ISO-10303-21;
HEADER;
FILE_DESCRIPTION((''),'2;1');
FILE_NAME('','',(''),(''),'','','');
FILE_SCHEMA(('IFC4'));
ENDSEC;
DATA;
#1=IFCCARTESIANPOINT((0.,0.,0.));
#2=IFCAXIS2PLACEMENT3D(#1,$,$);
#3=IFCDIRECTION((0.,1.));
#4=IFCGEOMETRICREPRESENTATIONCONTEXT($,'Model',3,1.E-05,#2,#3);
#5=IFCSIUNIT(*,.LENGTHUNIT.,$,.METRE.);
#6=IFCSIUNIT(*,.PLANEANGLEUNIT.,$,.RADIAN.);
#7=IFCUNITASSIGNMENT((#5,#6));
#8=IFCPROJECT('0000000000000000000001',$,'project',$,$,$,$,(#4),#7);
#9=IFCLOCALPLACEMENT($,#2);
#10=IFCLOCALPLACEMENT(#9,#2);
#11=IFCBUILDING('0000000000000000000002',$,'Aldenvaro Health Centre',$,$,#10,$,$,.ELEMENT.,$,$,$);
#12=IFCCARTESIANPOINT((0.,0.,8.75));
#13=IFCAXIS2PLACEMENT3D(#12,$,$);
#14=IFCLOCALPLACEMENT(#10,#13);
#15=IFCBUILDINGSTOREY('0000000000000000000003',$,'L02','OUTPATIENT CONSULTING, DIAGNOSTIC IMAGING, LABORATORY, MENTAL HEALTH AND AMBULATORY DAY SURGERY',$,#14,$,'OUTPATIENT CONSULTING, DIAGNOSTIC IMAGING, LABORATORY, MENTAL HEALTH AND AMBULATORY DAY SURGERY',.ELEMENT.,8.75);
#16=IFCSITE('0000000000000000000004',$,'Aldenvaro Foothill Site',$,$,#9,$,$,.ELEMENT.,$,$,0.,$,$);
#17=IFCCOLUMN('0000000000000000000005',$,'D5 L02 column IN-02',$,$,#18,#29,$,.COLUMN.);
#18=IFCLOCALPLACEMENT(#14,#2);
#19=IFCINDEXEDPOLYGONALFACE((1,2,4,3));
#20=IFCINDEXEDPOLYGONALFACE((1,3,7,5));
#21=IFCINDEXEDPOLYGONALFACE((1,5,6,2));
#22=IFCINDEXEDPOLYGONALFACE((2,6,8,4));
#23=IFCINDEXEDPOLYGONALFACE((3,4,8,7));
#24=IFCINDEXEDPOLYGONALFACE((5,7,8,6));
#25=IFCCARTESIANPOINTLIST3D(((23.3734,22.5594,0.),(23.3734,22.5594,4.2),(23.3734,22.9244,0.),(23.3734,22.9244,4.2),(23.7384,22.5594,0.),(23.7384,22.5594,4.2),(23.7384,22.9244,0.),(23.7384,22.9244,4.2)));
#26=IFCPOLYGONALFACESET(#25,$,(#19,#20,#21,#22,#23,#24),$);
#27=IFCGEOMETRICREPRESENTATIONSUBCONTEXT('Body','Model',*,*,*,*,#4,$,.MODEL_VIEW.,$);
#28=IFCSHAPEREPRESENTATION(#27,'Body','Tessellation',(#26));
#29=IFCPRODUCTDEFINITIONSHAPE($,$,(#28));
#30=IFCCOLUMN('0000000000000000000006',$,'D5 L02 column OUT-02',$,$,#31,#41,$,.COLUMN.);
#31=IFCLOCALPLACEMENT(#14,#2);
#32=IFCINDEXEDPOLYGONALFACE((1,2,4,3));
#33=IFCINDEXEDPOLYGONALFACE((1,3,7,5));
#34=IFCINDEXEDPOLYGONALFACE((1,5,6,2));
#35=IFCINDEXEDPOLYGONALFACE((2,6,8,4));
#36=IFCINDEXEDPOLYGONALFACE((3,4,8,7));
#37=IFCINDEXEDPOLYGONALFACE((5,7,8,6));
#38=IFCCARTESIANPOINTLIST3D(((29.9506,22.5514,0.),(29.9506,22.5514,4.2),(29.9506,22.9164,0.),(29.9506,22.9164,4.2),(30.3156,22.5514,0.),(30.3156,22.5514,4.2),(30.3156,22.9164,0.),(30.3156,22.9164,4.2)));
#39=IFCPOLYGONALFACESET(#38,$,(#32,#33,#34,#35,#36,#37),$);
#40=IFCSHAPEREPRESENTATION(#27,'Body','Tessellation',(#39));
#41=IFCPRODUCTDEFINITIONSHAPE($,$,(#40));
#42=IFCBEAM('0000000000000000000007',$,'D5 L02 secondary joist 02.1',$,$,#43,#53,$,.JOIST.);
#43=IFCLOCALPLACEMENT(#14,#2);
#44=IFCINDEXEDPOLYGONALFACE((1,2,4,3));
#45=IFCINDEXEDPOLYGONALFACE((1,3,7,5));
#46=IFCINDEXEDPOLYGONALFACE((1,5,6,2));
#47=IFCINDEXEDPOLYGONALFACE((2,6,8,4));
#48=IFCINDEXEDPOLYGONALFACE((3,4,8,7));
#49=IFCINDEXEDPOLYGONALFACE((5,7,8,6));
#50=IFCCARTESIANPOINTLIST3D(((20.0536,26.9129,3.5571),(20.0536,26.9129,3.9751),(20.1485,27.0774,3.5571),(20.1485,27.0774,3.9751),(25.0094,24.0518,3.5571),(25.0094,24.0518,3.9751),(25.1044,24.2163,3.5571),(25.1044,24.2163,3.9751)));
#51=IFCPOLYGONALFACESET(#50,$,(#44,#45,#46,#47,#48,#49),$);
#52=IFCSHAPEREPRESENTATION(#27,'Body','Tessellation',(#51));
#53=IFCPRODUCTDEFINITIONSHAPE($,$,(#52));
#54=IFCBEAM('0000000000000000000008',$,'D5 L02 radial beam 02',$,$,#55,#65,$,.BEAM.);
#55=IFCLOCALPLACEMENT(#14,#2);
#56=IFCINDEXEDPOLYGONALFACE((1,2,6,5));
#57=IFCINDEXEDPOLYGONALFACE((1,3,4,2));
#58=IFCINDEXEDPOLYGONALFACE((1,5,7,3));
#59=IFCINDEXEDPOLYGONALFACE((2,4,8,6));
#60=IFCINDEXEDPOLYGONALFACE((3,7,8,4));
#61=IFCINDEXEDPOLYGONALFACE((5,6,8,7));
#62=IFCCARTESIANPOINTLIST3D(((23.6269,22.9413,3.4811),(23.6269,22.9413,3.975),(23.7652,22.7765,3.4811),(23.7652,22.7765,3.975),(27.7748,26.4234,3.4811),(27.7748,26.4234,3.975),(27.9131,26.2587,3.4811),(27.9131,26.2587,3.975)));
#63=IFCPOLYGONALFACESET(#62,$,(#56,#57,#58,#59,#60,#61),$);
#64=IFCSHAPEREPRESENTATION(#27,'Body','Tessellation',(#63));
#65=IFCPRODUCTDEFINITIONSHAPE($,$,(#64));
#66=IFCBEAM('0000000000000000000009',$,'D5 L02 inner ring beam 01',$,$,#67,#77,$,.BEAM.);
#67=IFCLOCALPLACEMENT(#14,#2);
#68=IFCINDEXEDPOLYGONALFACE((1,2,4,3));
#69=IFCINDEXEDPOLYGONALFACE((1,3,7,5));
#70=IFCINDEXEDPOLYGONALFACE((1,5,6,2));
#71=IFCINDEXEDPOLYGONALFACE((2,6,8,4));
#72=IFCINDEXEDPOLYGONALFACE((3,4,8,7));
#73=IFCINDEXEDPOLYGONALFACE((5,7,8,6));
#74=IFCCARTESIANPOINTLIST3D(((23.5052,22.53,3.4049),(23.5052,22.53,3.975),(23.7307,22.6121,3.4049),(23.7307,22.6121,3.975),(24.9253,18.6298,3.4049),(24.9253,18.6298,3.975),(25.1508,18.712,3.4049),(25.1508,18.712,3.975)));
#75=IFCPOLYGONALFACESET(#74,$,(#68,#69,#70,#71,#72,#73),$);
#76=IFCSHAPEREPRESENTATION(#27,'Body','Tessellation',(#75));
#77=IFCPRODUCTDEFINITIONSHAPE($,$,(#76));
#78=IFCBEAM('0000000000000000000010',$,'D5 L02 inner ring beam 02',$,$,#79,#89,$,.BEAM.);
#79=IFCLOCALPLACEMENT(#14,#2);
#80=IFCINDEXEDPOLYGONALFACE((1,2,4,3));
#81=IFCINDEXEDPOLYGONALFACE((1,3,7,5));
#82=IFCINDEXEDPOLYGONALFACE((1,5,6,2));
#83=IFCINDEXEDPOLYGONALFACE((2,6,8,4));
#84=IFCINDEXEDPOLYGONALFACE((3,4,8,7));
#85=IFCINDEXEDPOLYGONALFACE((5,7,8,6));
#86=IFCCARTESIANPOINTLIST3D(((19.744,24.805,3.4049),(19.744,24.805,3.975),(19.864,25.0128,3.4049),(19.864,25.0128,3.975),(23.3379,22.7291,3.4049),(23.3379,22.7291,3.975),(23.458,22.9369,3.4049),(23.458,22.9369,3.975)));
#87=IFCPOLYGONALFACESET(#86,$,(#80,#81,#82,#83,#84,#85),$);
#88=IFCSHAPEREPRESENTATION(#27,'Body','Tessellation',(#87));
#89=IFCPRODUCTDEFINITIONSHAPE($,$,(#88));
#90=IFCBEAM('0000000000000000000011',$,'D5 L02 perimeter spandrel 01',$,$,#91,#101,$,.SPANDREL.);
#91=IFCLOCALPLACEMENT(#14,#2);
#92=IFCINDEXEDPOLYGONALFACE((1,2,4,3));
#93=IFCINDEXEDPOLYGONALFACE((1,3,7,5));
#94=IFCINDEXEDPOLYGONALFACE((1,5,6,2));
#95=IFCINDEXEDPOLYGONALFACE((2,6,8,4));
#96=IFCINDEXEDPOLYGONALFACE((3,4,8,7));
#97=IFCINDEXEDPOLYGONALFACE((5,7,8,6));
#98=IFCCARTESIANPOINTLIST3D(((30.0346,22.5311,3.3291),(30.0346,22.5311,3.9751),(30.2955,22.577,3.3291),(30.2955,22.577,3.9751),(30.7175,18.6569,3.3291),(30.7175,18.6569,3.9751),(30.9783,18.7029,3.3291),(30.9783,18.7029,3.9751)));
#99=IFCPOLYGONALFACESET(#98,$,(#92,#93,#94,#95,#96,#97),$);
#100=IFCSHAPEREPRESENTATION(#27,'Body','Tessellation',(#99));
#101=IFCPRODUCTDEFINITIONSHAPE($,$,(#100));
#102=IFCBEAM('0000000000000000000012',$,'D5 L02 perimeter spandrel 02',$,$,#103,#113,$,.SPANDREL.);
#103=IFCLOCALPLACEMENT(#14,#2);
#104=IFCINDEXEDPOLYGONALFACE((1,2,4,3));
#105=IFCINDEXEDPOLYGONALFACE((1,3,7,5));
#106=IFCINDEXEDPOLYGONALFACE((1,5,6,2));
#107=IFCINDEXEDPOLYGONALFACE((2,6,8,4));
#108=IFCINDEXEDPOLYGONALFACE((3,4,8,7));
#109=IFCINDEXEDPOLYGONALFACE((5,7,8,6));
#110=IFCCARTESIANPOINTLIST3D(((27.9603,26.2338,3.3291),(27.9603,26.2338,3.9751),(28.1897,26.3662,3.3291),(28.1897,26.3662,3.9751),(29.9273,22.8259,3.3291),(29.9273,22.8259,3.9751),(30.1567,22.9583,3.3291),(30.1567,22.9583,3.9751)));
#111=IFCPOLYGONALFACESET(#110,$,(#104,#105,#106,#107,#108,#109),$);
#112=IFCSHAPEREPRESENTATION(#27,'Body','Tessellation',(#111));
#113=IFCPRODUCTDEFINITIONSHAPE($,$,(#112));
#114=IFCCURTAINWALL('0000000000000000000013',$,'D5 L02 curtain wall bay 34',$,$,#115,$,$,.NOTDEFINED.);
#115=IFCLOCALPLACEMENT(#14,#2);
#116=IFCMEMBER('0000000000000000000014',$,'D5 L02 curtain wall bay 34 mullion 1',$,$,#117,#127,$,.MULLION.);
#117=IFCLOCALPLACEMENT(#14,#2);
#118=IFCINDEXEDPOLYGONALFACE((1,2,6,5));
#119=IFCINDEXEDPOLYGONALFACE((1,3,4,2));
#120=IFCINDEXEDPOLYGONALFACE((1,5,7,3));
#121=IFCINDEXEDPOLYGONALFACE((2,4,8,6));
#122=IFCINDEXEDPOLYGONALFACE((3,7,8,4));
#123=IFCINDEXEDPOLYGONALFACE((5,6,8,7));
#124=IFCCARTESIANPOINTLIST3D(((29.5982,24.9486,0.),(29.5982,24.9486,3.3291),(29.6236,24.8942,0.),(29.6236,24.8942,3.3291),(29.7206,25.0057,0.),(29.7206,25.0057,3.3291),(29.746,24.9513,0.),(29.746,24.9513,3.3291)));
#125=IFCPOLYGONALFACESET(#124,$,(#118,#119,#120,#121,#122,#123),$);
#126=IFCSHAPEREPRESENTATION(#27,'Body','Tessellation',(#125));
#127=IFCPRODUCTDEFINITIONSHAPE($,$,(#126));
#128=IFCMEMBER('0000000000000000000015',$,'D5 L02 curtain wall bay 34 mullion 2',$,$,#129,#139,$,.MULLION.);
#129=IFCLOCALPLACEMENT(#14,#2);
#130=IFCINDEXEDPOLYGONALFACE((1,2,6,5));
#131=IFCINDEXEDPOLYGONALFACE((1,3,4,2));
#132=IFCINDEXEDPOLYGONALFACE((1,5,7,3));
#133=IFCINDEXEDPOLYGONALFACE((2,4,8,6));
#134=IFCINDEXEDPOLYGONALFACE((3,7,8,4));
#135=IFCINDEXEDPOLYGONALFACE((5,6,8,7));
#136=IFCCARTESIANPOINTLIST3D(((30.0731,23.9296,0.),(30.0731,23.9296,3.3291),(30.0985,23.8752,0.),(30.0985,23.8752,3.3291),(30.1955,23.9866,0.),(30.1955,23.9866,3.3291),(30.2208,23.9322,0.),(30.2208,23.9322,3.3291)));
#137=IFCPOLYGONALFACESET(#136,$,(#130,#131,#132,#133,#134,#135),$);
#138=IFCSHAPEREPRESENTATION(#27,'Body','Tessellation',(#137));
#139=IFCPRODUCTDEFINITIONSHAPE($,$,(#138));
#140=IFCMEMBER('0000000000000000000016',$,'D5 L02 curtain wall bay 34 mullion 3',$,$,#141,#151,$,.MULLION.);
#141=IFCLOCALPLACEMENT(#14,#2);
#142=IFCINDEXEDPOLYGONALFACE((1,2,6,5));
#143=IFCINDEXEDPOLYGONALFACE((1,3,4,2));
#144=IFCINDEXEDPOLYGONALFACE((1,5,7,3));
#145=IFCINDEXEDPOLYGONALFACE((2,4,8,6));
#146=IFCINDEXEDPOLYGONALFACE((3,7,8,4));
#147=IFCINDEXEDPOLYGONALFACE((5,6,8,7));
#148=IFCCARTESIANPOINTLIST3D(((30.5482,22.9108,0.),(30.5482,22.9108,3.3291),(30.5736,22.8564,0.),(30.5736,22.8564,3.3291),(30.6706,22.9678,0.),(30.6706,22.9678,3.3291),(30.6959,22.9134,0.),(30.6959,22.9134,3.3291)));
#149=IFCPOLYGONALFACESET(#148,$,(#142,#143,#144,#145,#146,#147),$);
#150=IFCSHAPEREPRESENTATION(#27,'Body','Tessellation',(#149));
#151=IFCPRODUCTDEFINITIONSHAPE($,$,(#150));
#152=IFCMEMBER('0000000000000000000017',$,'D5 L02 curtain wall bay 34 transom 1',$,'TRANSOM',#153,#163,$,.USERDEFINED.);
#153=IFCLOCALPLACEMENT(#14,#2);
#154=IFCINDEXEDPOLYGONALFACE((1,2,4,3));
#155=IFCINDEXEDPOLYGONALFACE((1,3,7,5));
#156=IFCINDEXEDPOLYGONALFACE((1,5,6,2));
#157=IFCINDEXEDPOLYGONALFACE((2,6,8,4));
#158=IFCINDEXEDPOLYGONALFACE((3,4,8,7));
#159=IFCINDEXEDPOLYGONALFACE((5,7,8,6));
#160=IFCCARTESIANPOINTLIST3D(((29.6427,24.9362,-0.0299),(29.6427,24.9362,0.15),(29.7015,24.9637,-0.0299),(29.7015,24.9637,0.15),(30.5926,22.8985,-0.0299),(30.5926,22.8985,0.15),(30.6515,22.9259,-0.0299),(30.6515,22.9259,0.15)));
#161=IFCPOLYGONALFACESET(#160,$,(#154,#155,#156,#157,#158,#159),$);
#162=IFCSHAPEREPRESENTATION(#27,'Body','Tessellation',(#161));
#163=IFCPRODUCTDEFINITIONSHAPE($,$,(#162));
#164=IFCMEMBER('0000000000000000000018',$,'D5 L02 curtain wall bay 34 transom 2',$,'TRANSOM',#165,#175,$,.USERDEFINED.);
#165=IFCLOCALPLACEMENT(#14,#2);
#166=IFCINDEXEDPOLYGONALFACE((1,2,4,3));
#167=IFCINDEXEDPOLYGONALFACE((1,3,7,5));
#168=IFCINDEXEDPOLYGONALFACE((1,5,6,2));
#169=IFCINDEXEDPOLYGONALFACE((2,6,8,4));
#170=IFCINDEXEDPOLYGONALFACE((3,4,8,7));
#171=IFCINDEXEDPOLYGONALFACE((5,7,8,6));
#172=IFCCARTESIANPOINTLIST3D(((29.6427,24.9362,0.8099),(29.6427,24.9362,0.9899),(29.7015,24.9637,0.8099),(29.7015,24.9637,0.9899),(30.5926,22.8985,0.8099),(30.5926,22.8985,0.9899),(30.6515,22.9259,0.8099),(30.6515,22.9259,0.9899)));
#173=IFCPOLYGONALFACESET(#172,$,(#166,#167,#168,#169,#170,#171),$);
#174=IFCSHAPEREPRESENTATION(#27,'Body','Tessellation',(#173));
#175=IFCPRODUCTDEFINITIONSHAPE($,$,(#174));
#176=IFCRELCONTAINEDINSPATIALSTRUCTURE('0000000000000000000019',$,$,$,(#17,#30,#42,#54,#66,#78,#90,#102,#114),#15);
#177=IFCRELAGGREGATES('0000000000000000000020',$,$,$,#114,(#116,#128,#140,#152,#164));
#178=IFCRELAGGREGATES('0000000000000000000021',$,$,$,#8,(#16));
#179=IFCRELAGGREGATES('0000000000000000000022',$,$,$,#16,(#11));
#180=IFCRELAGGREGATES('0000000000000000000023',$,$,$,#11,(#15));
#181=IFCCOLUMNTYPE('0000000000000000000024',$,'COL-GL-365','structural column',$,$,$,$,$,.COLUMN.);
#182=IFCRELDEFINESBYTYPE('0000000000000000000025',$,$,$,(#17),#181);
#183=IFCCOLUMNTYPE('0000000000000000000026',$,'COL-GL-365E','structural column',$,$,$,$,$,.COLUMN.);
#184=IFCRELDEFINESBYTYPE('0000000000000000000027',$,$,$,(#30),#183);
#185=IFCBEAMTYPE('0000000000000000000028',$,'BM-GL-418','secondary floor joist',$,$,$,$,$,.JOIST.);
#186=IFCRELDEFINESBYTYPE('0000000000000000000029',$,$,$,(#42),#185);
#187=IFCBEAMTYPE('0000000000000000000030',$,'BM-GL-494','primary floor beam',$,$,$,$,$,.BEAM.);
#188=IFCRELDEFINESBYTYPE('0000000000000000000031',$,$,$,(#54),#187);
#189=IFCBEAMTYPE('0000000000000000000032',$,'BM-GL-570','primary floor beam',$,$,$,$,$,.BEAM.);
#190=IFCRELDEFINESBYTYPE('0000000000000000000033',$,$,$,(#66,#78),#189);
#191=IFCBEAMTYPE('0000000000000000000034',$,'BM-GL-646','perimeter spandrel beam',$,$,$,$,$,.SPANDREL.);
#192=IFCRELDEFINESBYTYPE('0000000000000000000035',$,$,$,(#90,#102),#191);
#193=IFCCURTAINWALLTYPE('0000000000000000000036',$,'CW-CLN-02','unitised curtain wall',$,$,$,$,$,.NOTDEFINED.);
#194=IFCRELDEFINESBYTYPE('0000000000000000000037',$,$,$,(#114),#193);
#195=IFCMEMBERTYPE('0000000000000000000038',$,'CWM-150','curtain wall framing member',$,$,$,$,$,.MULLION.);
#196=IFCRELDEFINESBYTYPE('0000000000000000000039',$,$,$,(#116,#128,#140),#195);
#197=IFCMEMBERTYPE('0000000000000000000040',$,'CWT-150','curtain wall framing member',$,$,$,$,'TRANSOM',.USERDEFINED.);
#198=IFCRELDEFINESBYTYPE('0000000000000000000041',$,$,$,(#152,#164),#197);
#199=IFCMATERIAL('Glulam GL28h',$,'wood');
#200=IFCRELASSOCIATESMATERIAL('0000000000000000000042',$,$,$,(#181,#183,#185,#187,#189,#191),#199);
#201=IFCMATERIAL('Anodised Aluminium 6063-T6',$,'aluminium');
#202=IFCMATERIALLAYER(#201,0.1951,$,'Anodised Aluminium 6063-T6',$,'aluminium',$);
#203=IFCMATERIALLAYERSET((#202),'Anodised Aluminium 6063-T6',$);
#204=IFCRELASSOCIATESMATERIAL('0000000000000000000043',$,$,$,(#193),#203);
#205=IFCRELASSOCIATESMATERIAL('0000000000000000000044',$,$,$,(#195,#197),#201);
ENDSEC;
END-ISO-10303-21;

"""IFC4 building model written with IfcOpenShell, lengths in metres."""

from ifc_helpers import new_model, si_unit, direction, frame, origin, origin_2d, place, context, subcontext, project, spatial, rectangle, extrude, material, layer, layer_set, material_profile, profile_set, type_object, element, aggregate, save


model = new_model("IFC4")

# Units and contexts
model_context = context("Model", 3, precision=1e-05, world=origin(), true_north=direction((0.0, 1.0)))
body_context = subcontext(model_context, "Body", "Model", "MODEL_VIEW")
ifc_project = project(units=[si_unit("LENGTHUNIT", "METRE"), si_unit("PLANEANGLEUNIT", "RADIAN")], contexts=[model_context])

# Site, building, storey
site_placement = place(None, origin())
site = spatial("IfcSite", under=ifc_project, at=site_placement, Name="Aldenvaro Foothill Site", CompositionType="ELEMENT", RefElevation=0.0)
building_placement = place(site_placement, origin())
building = spatial("IfcBuilding", under=site, at=building_placement, Name="Aldenvaro Health Centre", CompositionType="ELEMENT")
storey_placement = place(building_placement, frame((0.0, 0.0, 8.75)))
storey = spatial("IfcBuildingStorey", under=building, at=storey_placement, Name="L02", Description="OUTPATIENT CONSULTING, DIAGNOSTIC IMAGING, LABORATORY, MENTAL HEALTH AND AMBULATORY DAY SURGERY", LongName="OUTPATIENT CONSULTING, DIAGNOSTIC IMAGING, LABORATORY, MENTAL HEALTH AND AMBULATORY DAY SURGERY", CompositionType="ELEMENT", Elevation=8.75)

# Columns
ifc_material_1 = material(Name="Glulam GL28h", Category="wood")
ifc_material_profile_1 = material_profile(ifc_material_1, rectangle(XDim=0.365, YDim=0.365, at=origin_2d()), Name="GL 365x365", Category="wood")
ifc_profile_set_1 = profile_set([ifc_material_profile_1], Name="Glulam GL28h")
column_type_1 = type_object("IfcColumnType", Name="COL-GL-365", Description="structural column", PredefinedType="COLUMN", material=ifc_profile_set_1)
column_1_placement = place(storey_placement, frame((23.5559, 22.7419, 0.0), z_axis=(0.0, 0.0, 1.0), x_axis=(1.0, 0.0, 0.0)))
element("IfcColumn", 1, at=column_1_placement, inside=storey, type_object=column_type_1, Name="D5 L02 column IN-02", PredefinedType="COLUMN", context=body_context, shape_type="SweptSolid", body=[
    extrude(rectangle(XDim=0.365, YDim=0.365, at=origin_2d()), origin(), (0.0, 0.0, 1.0), 4.2),
])
ifc_material_profile_2 = material_profile(ifc_material_1, rectangle(XDim=0.365, YDim=0.365, at=origin_2d()), Name="GL 365x365", Category="wood")
ifc_profile_set_2 = profile_set([ifc_material_profile_2], Name="Glulam GL28h")
column_type_2 = type_object("IfcColumnType", Name="COL-GL-365E", Description="structural column", PredefinedType="COLUMN", material=ifc_profile_set_2)
column_2_placement = place(storey_placement, frame((30.1331, 22.7339, 0.0), z_axis=(0.0, 0.0, 1.0), x_axis=(1.0, 0.0, 0.0)))
element("IfcColumn", 2, at=column_2_placement, inside=storey, type_object=column_type_2, Name="D5 L02 column OUT-02", PredefinedType="COLUMN", context=body_context, shape_type="SweptSolid", body=[
    extrude(rectangle(XDim=0.365, YDim=0.365, at=origin_2d()), origin(), (0.0, 0.0, 1.0), 4.2),
])

# Beams
ifc_material_profile_3 = material_profile(ifc_material_1, rectangle(XDim=0.1899, YDim=0.418, at=origin_2d()), Name="GL 190x418", Category="wood")
ifc_profile_set_3 = profile_set([ifc_material_profile_3], Name="Glulam GL28h")
beam_type_1 = type_object("IfcBeamType", Name="BM-GL-418", Description="secondary floor joist", PredefinedType="JOIST", material=ifc_profile_set_3)
beam_1_placement = place(storey_placement, frame((25.0569, 24.134, 3.7661), z_axis=(-0.866037, 0.49998, 0.0), x_axis=(-0.49998, -0.866037, 0.0)))
element("IfcBeam", 3, at=beam_1_placement, inside=storey, type_object=beam_type_1, Name="D5 L02 secondary joist 02.1", PredefinedType="JOIST", context=body_context, shape_type="SweptSolid", body=[
    extrude(rectangle(XDim=0.1899, YDim=0.418, at=origin_2d()), origin(), (0.0, 0.0, 1.0), 5.7224),
])
ifc_material_profile_4 = material_profile(ifc_material_1, rectangle(XDim=0.2151, YDim=0.4939, at=origin_2d()), Name="GL 215x494", Category="wood")
ifc_profile_set_4 = profile_set([ifc_material_profile_4], Name="Glulam GL28h")
beam_type_2 = type_object("IfcBeamType", Name="BM-GL-494", Description="primary floor beam", PredefinedType="BEAM", material=ifc_profile_set_4)
beam_2_placement = place(storey_placement, frame((23.696, 22.8589, 3.728), z_axis=(0.765896, 0.642965, 0.0), x_axis=(-0.642965, 0.765896, 0.0)))
element("IfcBeam", 4, at=beam_2_placement, inside=storey, type_object=beam_type_2, Name="D5 L02 radial beam 02", PredefinedType="BEAM", context=body_context, shape_type="SweptSolid", body=[
    extrude(rectangle(XDim=0.2151, YDim=0.4939, at=origin_2d()), origin(), (0.0, 0.0, 1.0), 5.4158),
])
ifc_material_profile_5 = material_profile(ifc_material_1, rectangle(XDim=0.24, YDim=0.5701, at=origin_2d()), Name="GL 240x570", Category="wood")
ifc_profile_set_5 = profile_set([ifc_material_profile_5], Name="Glulam GL28h")
beam_type_3 = type_object("IfcBeamType", Name="BM-GL-570", Description="primary floor beam", PredefinedType="BEAM", material=ifc_profile_set_5)
beam_3_placement = place(storey_placement, frame((25.0381, 18.6709, 3.6899), z_axis=(-0.342154, 0.939644, 0.0), x_axis=(-0.939644, -0.342154, 0.0)))
element("IfcBeam", 5, at=beam_3_placement, inside=storey, type_object=beam_type_3, Name="D5 L02 inner ring beam 01", PredefinedType="BEAM", context=body_context, shape_type="SweptSolid", body=[
    extrude(rectangle(XDim=0.24, YDim=0.5701, at=origin_2d()), origin(), (0.0, 0.0, 1.0), 4.1506),
])
beam_4_placement = place(storey_placement, frame((23.3979, 22.833, 3.6899), z_axis=(-0.865928, 0.500169, 0.0), x_axis=(-0.500169, -0.865928, 0.0)))
element("IfcBeam", 6, at=beam_4_placement, inside=storey, type_object=beam_type_3, Name="D5 L02 inner ring beam 02", PredefinedType="BEAM", context=body_context, shape_type="SweptSolid", body=[
    extrude(rectangle(XDim=0.24, YDim=0.5701, at=origin_2d()), origin(), (0.0, 0.0, 1.0), 4.1504),
])
ifc_material_profile_6 = material_profile(ifc_material_1, rectangle(XDim=0.2649, YDim=0.646, at=origin_2d()), Name="GL 265x646", Category="wood")
ifc_profile_set_6 = profile_set([ifc_material_profile_6], Name="Glulam GL28h")
beam_type_4 = type_object("IfcBeamType", Name="BM-GL-646", Description="perimeter spandrel beam", PredefinedType="SPANDREL", material=ifc_profile_set_6)
beam_5_placement = place(storey_placement, frame((30.8479, 18.6799, 3.6521), z_axis=(-0.173591, 0.984818, 0.0), x_axis=(-0.984818, -0.173591, 0.0)))
element("IfcBeam", 7, at=beam_5_placement, inside=storey, type_object=beam_type_4, Name="D5 L02 perimeter spandrel 01", PredefinedType="SPANDREL", context=body_context, shape_type="SweptSolid", body=[
    extrude(rectangle(XDim=0.2649, YDim=0.646, at=origin_2d()), origin(), (0.0, 0.0, 1.0), 3.9338),
])
beam_6_placement = place(storey_placement, frame((30.042, 22.8921, 3.6521), z_axis=(-0.499896, 0.866085, 0.0), x_axis=(-0.866085, -0.499896, 0.0)))
element("IfcBeam", 8, at=beam_6_placement, inside=storey, type_object=beam_type_4, Name="D5 L02 perimeter spandrel 02", PredefinedType="SPANDREL", context=body_context, shape_type="SweptSolid", body=[
    extrude(rectangle(XDim=0.2649, YDim=0.646, at=origin_2d()), origin(), (0.0, 0.0, 1.0), 3.9348),
])

# Curtain wall, members
ifc_material_2 = material(Name="Anodised Aluminium 6063-T6", Category="aluminium")
ifc_layer_1 = layer(ifc_material_2, 0.1951, Name="Anodised Aluminium 6063-T6", Category="aluminium")
ifc_layer_set_1 = layer_set([ifc_layer_1], Name="Anodised Aluminium 6063-T6")
curtain_wall_type = type_object("IfcCurtainWallType", Name="CW-CLN-02", Description="unitised curtain wall", PredefinedType="NOTDEFINED", material=ifc_layer_set_1)
curtain_wall_placement = place(storey_placement, origin())
curtain_wall = element("IfcCurtainWall", 9, at=curtain_wall_placement, inside=storey, type_object=curtain_wall_type, Name="D5 L02 curtain wall bay 34", PredefinedType="NOTDEFINED")
ifc_material_profile_7 = material_profile(ifc_material_2, rectangle(XDim=0.0601, YDim=0.135, at=origin_2d()), Name="ALU 60x135", Category="aluminium")
ifc_profile_set_7 = profile_set([ifc_material_profile_7], Name="Anodised Aluminium 6063-T6")
member_type_1 = type_object("IfcMemberType", Name="CWM-150", Description="curtain wall framing member", PredefinedType="MULLION", material=ifc_profile_set_7)
member_1_placement = place(storey_placement, frame((29.6721, 24.95, 0.0), z_axis=(0.0, 0.0, 1.0), x_axis=(0.422496, -0.906365, 0.0)))
member_1 = element("IfcMember", 10, at=member_1_placement, type_object=member_type_1, Name="D5 L02 curtain wall bay 34 mullion 1", PredefinedType="MULLION", context=body_context, shape_type="SweptSolid", body=[
    extrude(rectangle(XDim=0.0601, YDim=0.135, at=origin_2d()), origin(), (0.0, 0.0, 1.0), 3.3291),
])
member_2_placement = place(storey_placement, frame((30.147, 23.9309, 0.0), z_axis=(0.0, 0.0, 1.0), x_axis=(0.422496, -0.906365, 0.0)))
member_2 = element("IfcMember", 11, at=member_2_placement, type_object=member_type_1, Name="D5 L02 curtain wall bay 34 mullion 2", PredefinedType="MULLION", context=body_context, shape_type="SweptSolid", body=[
    extrude(rectangle(XDim=0.0601, YDim=0.135, at=origin_2d()), origin(), (0.0, 0.0, 1.0), 3.3291),
])
member_3_placement = place(storey_placement, frame((30.6221, 22.9121, 0.0), z_axis=(0.0, 0.0, 1.0), x_axis=(0.422496, -0.906365, 0.0)))
member_3 = element("IfcMember", 12, at=member_3_placement, type_object=member_type_1, Name="D5 L02 curtain wall bay 34 mullion 3", PredefinedType="MULLION", context=body_context, shape_type="SweptSolid", body=[
    extrude(rectangle(XDim=0.0601, YDim=0.135, at=origin_2d()), origin(), (0.0, 0.0, 1.0), 3.3291),
])
ifc_material_profile_8 = material_profile(ifc_material_2, rectangle(XDim=0.0649, YDim=0.1799, at=origin_2d()), Name="ALU 65x180", Category="aluminium")
ifc_profile_set_8 = profile_set([ifc_material_profile_8], Name="Anodised Aluminium 6063-T6")
member_type_2 = type_object("IfcMemberType", Name="CWT-150", Description="curtain wall framing member", ElementType="TRANSOM", PredefinedType="USERDEFINED", material=ifc_profile_set_8)
member_4_placement = place(storey_placement, frame((29.6721, 24.95, 0.0601), z_axis=(0.422505, -0.906361, 0.0), x_axis=(0.906361, 0.422505, 0.0)))
member_4 = element("IfcMember", 13, at=member_4_placement, type_object=member_type_2, Name="D5 L02 curtain wall bay 34 transom 1", ObjectType="TRANSOM", PredefinedType="USERDEFINED", context=body_context, shape_type="SweptSolid", body=[
    extrude(rectangle(XDim=0.0649, YDim=0.1799, at=origin_2d()), origin(), (0.0, 0.0, 1.0), 2.2483),
])
member_5_placement = place(storey_placement, frame((29.6721, 24.95, 0.8999), z_axis=(0.422505, -0.906361, 0.0), x_axis=(0.906361, 0.422505, 0.0)))
member_5 = element("IfcMember", 14, at=member_5_placement, type_object=member_type_2, Name="D5 L02 curtain wall bay 34 transom 2", ObjectType="TRANSOM", PredefinedType="USERDEFINED", context=body_context, shape_type="SweptSolid", body=[
    extrude(rectangle(XDim=0.0649, YDim=0.1799, at=origin_2d()), origin(), (0.0, 0.0, 1.0), 2.2483),
])
aggregate(curtain_wall, [member_1, member_2, member_3, member_4, member_5])

save(model, "model.ifc")
